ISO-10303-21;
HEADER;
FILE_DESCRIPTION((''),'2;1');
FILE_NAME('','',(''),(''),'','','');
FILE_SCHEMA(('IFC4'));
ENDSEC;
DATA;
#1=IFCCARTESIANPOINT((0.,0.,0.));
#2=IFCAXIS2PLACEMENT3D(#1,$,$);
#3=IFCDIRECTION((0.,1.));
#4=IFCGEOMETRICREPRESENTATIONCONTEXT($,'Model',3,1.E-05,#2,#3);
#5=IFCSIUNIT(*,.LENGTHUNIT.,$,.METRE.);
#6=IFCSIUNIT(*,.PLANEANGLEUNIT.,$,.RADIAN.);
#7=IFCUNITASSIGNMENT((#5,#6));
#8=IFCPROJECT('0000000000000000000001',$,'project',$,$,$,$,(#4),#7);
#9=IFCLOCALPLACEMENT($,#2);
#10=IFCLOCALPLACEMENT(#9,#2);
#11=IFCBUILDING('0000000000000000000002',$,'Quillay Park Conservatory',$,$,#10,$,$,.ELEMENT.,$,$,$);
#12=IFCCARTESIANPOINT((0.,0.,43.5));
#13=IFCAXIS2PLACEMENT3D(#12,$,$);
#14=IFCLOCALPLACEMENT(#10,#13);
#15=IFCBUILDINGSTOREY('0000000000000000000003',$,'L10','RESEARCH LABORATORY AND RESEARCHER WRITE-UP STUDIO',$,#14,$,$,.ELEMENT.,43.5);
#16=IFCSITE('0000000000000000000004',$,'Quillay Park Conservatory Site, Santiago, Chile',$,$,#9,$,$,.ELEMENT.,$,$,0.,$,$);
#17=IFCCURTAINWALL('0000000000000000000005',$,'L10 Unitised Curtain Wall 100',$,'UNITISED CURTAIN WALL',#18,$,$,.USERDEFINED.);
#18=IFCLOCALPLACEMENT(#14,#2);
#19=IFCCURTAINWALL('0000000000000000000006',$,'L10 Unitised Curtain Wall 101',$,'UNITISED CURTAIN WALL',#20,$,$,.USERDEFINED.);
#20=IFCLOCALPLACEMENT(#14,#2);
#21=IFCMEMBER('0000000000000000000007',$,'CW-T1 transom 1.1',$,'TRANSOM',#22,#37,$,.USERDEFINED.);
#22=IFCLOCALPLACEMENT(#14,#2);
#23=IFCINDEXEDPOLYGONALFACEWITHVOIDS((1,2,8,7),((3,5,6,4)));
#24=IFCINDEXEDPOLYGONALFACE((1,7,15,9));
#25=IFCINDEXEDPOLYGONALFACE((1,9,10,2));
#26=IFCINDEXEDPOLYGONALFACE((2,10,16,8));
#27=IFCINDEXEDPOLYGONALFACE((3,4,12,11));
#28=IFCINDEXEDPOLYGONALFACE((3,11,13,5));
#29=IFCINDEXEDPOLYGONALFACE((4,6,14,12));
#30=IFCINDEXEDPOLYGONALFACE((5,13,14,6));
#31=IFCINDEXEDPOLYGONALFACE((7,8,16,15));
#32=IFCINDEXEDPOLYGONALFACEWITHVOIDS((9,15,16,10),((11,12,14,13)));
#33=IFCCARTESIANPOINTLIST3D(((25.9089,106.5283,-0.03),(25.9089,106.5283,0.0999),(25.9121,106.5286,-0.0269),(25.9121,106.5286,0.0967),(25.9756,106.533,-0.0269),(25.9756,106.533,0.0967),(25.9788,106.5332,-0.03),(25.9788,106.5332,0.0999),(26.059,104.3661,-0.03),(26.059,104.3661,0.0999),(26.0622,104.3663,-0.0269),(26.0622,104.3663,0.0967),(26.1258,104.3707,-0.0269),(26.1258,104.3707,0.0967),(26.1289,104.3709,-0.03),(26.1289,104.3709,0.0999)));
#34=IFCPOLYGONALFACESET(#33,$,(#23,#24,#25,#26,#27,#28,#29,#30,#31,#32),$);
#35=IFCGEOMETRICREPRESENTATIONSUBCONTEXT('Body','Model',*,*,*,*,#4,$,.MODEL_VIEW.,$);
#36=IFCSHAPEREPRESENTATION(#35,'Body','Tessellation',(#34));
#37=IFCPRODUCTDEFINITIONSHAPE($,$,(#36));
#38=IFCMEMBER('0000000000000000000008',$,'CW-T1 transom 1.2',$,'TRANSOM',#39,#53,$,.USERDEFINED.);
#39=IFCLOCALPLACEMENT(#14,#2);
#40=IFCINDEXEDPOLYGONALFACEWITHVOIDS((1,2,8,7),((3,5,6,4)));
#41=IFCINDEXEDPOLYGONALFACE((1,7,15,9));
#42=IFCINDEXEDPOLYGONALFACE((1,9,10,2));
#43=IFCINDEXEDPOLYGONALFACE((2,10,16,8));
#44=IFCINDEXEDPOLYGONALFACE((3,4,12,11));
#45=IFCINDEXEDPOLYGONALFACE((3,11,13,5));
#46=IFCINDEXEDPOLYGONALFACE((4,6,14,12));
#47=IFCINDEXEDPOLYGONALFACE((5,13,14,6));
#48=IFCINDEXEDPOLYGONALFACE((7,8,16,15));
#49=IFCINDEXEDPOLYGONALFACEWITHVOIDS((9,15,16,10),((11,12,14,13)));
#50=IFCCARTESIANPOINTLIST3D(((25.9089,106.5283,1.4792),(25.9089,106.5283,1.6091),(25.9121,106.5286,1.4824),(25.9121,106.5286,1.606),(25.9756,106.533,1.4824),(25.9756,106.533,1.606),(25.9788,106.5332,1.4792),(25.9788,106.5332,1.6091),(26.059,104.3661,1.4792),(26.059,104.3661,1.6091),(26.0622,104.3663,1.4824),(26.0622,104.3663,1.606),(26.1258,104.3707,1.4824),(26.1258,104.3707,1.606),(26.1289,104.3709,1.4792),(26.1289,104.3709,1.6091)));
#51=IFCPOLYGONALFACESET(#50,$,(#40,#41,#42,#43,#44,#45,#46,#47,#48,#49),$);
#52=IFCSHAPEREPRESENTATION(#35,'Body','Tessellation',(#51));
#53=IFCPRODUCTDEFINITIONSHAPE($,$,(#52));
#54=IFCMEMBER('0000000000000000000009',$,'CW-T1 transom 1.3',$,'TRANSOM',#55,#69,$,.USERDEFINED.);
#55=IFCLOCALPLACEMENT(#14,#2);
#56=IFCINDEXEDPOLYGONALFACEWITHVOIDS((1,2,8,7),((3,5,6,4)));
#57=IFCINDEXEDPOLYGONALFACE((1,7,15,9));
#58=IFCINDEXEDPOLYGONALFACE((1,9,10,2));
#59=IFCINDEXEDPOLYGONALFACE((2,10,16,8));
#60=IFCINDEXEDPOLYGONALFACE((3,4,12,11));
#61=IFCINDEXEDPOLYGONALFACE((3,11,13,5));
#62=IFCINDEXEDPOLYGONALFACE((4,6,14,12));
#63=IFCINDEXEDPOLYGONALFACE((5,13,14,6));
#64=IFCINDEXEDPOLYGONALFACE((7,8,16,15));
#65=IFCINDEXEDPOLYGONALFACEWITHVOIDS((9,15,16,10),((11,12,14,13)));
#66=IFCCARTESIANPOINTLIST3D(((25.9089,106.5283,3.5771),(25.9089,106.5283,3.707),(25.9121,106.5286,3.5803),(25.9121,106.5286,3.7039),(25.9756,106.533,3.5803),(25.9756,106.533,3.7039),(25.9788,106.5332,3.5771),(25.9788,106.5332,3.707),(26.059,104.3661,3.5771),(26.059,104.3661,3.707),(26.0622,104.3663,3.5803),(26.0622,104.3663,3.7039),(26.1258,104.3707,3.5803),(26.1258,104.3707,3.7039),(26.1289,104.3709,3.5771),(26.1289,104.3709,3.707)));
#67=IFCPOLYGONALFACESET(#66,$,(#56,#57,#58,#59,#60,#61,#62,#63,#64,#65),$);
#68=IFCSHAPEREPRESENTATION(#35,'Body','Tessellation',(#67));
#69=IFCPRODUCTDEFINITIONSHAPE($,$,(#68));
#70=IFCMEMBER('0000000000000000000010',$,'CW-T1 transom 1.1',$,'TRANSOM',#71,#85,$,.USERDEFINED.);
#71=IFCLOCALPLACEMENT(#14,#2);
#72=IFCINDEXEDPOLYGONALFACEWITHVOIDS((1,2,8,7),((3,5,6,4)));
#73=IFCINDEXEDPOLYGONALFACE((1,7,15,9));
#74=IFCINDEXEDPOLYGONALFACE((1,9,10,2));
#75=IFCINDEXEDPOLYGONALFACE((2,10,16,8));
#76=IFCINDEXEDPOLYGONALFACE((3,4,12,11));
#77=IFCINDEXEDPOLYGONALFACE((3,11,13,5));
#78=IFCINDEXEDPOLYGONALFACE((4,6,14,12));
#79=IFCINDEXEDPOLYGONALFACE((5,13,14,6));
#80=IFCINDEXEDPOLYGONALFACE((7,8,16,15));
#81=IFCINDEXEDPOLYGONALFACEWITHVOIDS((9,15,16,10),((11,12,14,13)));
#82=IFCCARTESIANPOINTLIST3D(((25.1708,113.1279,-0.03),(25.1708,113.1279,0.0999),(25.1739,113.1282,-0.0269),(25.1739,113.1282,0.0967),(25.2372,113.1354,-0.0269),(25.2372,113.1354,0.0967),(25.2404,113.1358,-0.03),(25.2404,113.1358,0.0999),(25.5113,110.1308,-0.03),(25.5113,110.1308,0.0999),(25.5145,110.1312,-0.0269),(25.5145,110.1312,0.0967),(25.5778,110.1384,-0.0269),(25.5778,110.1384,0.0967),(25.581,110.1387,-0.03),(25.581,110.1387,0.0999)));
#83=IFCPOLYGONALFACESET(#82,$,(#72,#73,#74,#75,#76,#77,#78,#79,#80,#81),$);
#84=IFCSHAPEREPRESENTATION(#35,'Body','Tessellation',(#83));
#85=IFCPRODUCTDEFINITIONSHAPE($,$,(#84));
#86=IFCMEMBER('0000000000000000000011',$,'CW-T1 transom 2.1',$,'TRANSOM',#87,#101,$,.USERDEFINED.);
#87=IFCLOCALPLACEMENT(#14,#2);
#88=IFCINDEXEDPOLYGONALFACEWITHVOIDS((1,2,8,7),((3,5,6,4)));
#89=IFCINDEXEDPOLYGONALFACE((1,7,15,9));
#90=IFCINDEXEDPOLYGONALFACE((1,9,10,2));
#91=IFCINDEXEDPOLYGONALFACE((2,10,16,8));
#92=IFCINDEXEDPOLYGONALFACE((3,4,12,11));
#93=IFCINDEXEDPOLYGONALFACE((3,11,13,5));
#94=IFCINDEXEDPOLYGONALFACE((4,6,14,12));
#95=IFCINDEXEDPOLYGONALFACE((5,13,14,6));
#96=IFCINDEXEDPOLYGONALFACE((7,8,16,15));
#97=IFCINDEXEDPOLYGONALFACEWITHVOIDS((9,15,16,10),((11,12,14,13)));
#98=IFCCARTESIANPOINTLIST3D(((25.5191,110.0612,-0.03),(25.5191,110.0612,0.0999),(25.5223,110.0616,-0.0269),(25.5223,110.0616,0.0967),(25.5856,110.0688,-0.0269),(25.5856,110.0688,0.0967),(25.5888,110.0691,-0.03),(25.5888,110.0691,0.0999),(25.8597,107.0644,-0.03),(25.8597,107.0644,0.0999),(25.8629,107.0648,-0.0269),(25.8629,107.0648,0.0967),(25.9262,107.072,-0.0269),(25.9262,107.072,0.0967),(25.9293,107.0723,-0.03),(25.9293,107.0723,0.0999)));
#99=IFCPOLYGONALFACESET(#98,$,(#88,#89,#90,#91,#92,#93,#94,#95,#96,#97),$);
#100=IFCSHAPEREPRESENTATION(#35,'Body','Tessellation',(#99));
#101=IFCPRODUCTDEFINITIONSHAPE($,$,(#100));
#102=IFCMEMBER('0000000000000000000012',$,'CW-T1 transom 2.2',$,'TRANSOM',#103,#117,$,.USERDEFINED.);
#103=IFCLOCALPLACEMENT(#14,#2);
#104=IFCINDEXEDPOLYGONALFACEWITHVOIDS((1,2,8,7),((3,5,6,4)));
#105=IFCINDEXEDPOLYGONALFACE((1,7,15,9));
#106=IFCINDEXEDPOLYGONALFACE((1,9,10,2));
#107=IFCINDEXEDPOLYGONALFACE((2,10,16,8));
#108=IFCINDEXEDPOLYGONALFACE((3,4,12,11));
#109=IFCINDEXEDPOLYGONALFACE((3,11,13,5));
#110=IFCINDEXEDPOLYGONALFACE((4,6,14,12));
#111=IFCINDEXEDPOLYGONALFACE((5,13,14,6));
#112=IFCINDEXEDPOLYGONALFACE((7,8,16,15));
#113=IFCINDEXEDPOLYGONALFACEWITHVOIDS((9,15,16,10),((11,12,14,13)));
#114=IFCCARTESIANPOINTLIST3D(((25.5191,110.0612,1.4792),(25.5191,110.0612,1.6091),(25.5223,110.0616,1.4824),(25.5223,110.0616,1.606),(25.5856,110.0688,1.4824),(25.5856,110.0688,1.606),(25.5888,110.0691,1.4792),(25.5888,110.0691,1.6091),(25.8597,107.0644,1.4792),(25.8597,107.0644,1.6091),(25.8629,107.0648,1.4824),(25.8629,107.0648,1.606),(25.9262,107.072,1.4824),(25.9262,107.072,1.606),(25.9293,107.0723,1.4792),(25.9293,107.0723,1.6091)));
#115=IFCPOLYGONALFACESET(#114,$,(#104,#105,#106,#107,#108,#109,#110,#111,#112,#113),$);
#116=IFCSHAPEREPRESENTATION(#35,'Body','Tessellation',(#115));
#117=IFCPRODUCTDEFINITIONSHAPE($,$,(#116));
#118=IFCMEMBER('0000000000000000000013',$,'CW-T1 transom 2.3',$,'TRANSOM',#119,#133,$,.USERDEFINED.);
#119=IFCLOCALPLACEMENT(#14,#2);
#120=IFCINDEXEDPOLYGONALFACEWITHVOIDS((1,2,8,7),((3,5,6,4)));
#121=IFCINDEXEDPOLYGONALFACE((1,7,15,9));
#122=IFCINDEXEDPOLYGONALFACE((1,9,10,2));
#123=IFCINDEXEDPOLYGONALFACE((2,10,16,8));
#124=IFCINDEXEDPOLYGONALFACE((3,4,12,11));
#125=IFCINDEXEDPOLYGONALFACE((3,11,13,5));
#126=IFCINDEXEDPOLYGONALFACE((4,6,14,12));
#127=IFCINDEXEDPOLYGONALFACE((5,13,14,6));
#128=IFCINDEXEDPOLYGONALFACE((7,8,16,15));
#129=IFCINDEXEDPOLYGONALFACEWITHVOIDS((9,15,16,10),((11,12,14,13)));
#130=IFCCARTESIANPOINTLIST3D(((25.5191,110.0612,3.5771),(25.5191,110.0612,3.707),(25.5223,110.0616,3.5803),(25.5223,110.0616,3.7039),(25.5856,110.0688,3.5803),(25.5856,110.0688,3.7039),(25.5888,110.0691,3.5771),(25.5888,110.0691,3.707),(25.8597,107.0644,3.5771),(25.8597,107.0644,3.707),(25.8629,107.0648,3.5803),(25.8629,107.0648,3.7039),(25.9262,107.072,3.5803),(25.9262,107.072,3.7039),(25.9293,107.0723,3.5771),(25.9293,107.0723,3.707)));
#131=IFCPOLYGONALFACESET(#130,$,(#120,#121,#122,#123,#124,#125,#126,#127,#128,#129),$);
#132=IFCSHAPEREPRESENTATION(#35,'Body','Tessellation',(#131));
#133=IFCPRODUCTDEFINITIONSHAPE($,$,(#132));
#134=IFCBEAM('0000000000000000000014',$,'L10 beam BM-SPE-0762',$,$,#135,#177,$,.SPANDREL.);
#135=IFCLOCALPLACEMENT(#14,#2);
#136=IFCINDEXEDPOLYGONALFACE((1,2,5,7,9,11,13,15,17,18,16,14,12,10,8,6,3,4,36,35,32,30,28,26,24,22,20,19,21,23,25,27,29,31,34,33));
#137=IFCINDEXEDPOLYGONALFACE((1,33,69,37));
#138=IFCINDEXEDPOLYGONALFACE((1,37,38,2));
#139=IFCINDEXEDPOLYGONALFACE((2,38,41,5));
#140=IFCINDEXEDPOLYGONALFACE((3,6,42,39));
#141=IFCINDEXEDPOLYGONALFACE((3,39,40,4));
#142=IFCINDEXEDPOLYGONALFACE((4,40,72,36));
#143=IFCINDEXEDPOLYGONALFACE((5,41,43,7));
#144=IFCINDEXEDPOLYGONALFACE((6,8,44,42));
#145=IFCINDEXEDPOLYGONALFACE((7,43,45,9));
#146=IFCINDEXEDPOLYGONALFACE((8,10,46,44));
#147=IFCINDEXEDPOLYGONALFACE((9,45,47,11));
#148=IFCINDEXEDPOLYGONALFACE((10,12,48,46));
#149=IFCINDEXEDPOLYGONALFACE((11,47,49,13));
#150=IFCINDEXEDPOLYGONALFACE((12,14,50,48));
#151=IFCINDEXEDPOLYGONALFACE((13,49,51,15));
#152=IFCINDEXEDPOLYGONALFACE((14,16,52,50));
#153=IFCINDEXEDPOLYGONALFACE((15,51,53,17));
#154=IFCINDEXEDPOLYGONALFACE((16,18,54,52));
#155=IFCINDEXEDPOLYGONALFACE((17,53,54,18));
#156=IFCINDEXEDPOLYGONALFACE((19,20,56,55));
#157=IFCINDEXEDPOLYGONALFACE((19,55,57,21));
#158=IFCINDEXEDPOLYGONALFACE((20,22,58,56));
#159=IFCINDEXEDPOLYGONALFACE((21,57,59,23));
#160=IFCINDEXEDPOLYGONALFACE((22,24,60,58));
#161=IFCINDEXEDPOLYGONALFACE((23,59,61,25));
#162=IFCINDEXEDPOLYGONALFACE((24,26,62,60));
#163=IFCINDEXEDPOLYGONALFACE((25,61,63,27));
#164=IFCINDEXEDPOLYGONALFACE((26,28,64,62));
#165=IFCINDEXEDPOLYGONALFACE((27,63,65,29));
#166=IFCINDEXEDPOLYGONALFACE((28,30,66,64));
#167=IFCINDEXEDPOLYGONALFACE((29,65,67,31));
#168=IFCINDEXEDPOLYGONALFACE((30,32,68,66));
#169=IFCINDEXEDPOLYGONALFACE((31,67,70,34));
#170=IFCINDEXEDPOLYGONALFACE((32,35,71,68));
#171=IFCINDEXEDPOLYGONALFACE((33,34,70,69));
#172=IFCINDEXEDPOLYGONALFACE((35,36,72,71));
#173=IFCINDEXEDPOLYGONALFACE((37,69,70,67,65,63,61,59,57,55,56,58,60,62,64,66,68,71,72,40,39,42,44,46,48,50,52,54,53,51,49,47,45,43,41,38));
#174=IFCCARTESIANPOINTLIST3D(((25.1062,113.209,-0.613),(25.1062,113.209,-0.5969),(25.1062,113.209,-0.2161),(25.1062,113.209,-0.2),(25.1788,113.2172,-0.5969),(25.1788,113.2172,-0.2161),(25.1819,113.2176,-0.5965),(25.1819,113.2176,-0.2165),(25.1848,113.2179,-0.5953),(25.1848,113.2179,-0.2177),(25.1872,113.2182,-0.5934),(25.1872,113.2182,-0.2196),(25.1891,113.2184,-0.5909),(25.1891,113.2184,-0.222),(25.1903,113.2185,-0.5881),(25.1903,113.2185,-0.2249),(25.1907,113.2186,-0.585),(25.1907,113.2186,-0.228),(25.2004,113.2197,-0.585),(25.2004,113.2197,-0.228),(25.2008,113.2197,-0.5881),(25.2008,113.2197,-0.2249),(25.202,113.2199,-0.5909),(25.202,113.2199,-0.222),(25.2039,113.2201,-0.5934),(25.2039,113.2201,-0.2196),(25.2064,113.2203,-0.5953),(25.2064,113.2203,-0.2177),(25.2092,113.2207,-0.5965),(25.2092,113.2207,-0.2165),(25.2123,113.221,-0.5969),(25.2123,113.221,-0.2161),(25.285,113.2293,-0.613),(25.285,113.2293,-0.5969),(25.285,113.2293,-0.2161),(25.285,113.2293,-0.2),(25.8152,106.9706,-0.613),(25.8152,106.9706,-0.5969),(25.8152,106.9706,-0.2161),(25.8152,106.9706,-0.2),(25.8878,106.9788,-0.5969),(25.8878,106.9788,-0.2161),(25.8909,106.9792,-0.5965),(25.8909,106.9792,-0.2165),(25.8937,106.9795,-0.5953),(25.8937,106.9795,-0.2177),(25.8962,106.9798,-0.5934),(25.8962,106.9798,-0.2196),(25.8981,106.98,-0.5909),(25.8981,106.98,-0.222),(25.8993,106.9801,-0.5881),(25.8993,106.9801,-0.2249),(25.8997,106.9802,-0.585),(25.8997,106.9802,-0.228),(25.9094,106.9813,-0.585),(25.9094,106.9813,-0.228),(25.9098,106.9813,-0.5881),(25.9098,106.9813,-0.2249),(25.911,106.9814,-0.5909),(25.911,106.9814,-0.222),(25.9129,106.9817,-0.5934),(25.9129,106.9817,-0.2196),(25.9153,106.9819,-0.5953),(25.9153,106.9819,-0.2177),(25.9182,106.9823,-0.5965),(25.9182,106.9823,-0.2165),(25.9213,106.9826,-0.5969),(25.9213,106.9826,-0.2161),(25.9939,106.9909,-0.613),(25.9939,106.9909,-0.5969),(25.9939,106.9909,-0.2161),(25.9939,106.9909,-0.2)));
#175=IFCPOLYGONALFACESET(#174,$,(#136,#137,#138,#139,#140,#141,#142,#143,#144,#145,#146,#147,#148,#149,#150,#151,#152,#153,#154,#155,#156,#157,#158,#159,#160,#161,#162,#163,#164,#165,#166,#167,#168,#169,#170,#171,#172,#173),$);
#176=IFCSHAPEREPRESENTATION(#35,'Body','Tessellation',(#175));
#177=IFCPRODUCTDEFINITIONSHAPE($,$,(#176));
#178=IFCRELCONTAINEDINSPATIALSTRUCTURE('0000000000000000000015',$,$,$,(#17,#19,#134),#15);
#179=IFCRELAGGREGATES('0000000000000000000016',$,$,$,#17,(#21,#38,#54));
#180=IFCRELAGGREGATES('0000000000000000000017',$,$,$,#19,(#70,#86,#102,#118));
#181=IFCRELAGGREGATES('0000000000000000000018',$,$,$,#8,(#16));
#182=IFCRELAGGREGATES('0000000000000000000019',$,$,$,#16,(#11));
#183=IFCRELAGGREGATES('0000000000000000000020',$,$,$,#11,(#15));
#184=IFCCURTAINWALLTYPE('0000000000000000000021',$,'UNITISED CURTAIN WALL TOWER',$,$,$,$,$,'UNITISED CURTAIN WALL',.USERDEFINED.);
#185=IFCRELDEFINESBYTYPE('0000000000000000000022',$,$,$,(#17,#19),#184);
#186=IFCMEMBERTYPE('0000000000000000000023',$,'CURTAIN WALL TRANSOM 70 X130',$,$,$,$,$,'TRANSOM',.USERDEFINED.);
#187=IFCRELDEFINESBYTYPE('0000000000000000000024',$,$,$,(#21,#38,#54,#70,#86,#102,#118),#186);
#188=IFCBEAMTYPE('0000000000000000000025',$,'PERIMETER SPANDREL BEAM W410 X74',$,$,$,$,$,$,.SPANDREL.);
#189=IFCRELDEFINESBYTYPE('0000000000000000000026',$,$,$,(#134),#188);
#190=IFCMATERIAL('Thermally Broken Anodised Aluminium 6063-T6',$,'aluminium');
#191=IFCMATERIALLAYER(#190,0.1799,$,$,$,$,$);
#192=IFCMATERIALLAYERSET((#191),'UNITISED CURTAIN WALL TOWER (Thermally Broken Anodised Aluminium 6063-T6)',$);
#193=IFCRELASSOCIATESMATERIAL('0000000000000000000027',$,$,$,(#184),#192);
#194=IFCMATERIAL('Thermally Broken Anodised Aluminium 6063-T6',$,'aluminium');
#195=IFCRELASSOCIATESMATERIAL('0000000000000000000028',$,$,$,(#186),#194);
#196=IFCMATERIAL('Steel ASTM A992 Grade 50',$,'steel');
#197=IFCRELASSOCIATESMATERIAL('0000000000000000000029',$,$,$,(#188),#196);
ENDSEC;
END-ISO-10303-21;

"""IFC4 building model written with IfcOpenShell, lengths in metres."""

from ifc_helpers import new_model, si_unit, direction, frame, origin, origin_2d, place, context, subcontext, project, spatial, hollow_rectangle, i_section, extrude, material, layer, layer_set, material_profile, profile_set, type_object, element, aggregate, save


model = new_model("IFC4")

# Units and contexts
model_context = context("Model", 3, precision=1e-05, world=origin(), true_north=direction((0.0, 1.0)))
body_context = subcontext(model_context, "Body", "Model", "MODEL_VIEW")
ifc_project = project(units=[si_unit("LENGTHUNIT", "METRE"), si_unit("PLANEANGLEUNIT", "RADIAN")], contexts=[model_context])

# Site, building, storey
site_placement = place(None, origin())
site = spatial("IfcSite", under=ifc_project, at=site_placement, Name="Quillay Park Conservatory Site, Santiago, Chile", CompositionType="ELEMENT", RefElevation=0.0)
building_placement = place(site_placement, origin())
building = spatial("IfcBuilding", under=site, at=building_placement, Name="Quillay Park Conservatory", CompositionType="ELEMENT")
storey_placement = place(building_placement, frame((0.0, 0.0, 43.5)))
storey = spatial("IfcBuildingStorey", under=building, at=storey_placement, Name="L10", Description="RESEARCH LABORATORY AND RESEARCHER WRITE-UP STUDIO", CompositionType="ELEMENT", Elevation=43.5)

# Curtain wall
ifc_material_1 = material(Name="Thermally Broken Anodised Aluminium 6063-T6", Category="aluminium")
ifc_layer_1 = layer(ifc_material_1, 0.1799)
ifc_layer_set_1 = layer_set([ifc_layer_1], Name="UNITISED CURTAIN WALL TOWER (Thermally Broken Anodised Aluminium 6063-T6)")
curtain_wall_type = type_object("IfcCurtainWallType", Name="UNITISED CURTAIN WALL TOWER", ElementType="UNITISED CURTAIN WALL", PredefinedType="USERDEFINED", material=ifc_layer_set_1)
curtain_wall_1_placement = place(storey_placement, origin())
curtain_wall_1 = element("IfcCurtainWall", 1, at=curtain_wall_1_placement, inside=storey, type_object=curtain_wall_type, Name="L10 Unitised Curtain Wall 100", ObjectType="UNITISED CURTAIN WALL", PredefinedType="USERDEFINED")

# Curtain wall
curtain_wall_2_placement = place(storey_placement, origin())
curtain_wall_2 = element("IfcCurtainWall", 2, at=curtain_wall_2_placement, inside=storey, type_object=curtain_wall_type, Name="L10 Unitised Curtain Wall 101", ObjectType="UNITISED CURTAIN WALL", PredefinedType="USERDEFINED")

# Members
ifc_material_2 = material(Name="Thermally Broken Anodised Aluminium 6063-T6", Category="aluminium")
ifc_material_profile_1 = material_profile(ifc_material_2, hollow_rectangle(XDim=0.0701, YDim=0.1299, WallThickness=0.0032, at=origin_2d()), Name="AL70x130x3.2")
ifc_profile_set_1 = profile_set([ifc_material_profile_1], Name="Thermally Broken Anodised Aluminium 6063-T6")
member_type_1 = type_object("IfcMemberType", Name="CURTAIN WALL TRANSOM 70 X130", ElementType="TRANSOM", PredefinedType="USERDEFINED", material=ifc_profile_set_1)
member_1_placement = place(storey_placement, frame((25.9438, 106.5308, 0.0349), z_axis=(0.06927, -0.997598, 0.0), x_axis=(0.997598, 0.06927, 0.0)))
member_1 = element("IfcMember", 3, at=member_1_placement, type_object=member_type_1, Name="CW-T1 transom 1.1", ObjectType="TRANSOM", PredefinedType="USERDEFINED", context=body_context, shape_type="SweptSolid", body=[
    extrude(hollow_rectangle(XDim=0.0701, YDim=0.1299, WallThickness=0.0032, at=origin_2d()), origin(), (0.0, 0.0, 1.0), 2.1675),
])
member_2_placement = place(storey_placement, frame((25.9438, 106.5308, 1.5442), z_axis=(0.06927, -0.997598, 0.0), x_axis=(0.997598, 0.06927, 0.0)))
member_2 = element("IfcMember", 4, at=member_2_placement, type_object=member_type_1, Name="CW-T1 transom 1.2", ObjectType="TRANSOM", PredefinedType="USERDEFINED", context=body_context, shape_type="SweptSolid", body=[
    extrude(hollow_rectangle(XDim=0.0701, YDim=0.1299, WallThickness=0.0032, at=origin_2d()), origin(), (0.0, 0.0, 1.0), 2.1675),
])
member_3_placement = place(storey_placement, frame((25.9438, 106.5308, 3.6421), z_axis=(0.06927, -0.997598, 0.0), x_axis=(0.997598, 0.06927, 0.0)))
member_3 = element("IfcMember", 5, at=member_3_placement, type_object=member_type_1, Name="CW-T1 transom 1.3", ObjectType="TRANSOM", PredefinedType="USERDEFINED", context=body_context, shape_type="SweptSolid", body=[
    extrude(hollow_rectangle(XDim=0.0701, YDim=0.1299, WallThickness=0.0032, at=origin_2d()), origin(), (0.0, 0.0, 1.0), 2.1675),
])
member_4_placement = place(storey_placement, frame((25.2056, 113.1318, 0.0349), z_axis=(0.11291, -0.993605, 0.0), x_axis=(0.993605, 0.11291, 0.0)))
member_4 = element("IfcMember", 6, at=member_4_placement, type_object=member_type_1, Name="CW-T1 transom 1.1", ObjectType="TRANSOM", PredefinedType="USERDEFINED", context=body_context, shape_type="SweptSolid", body=[
    extrude(hollow_rectangle(XDim=0.0701, YDim=0.1299, WallThickness=0.0032, at=origin_2d()), origin(), (0.0, 0.0, 1.0), 3.0164),
])
member_5_placement = place(storey_placement, frame((25.554, 110.0652, 0.0349), z_axis=(0.112919, -0.993604, 0.0), x_axis=(0.993604, 0.112919, 0.0)))
member_5 = element("IfcMember", 7, at=member_5_placement, type_object=member_type_1, Name="CW-T1 transom 2.1", ObjectType="TRANSOM", PredefinedType="USERDEFINED", context=body_context, shape_type="SweptSolid", body=[
    extrude(hollow_rectangle(XDim=0.0701, YDim=0.1299, WallThickness=0.0032, at=origin_2d()), origin(), (0.0, 0.0, 1.0), 3.0161),
])
member_6_placement = place(storey_placement, frame((25.554, 110.0652, 1.5442), z_axis=(0.112919, -0.993604, 0.0), x_axis=(0.993604, 0.112919, 0.0)))
member_6 = element("IfcMember", 8, at=member_6_placement, type_object=member_type_1, Name="CW-T1 transom 2.2", ObjectType="TRANSOM", PredefinedType="USERDEFINED", context=body_context, shape_type="SweptSolid", body=[
    extrude(hollow_rectangle(XDim=0.0701, YDim=0.1299, WallThickness=0.0032, at=origin_2d()), origin(), (0.0, 0.0, 1.0), 3.0161),
])
member_7_placement = place(storey_placement, frame((25.554, 110.0652, 3.6421), z_axis=(0.112919, -0.993604, 0.0), x_axis=(0.993604, 0.112919, 0.0)))
member_7 = element("IfcMember", 9, at=member_7_placement, type_object=member_type_1, Name="CW-T1 transom 2.3", ObjectType="TRANSOM", PredefinedType="USERDEFINED", context=body_context, shape_type="SweptSolid", body=[
    extrude(hollow_rectangle(XDim=0.0701, YDim=0.1299, WallThickness=0.0032, at=origin_2d()), origin(), (0.0, 0.0, 1.0), 3.0161),
])

# Beam
ifc_material_3 = material(Name="Steel ASTM A992 Grade 50", Category="steel")
ifc_material_profile_2 = material_profile(ifc_material_3, i_section(OverallWidth=0.1799, OverallDepth=0.4131, WebThickness=0.0098, FlangeThickness=0.0161, FilletRadius=0.012, at=origin_2d()), Name="W410x74")
ifc_profile_set_2 = profile_set([ifc_material_profile_2], Name="Steel ASTM A992 Grade 50")
beam_type_1 = type_object("IfcBeamType", Name="PERIMETER SPANDREL BEAM W410 X74", PredefinedType="SPANDREL", material=ifc_profile_set_2)
beam_1_placement = place(storey_placement, frame((25.9045, 106.9807, -0.4065), z_axis=(-0.112919, 0.993604, 0.0), x_axis=(-0.993604, -0.112919, 0.0)))
element("IfcBeam", 10, at=beam_1_placement, inside=storey, type_object=beam_type_1, Name="L10 beam BM-SPE-0762", PredefinedType="SPANDREL", context=body_context, shape_type="SweptSolid", body=[
    extrude(i_section(OverallWidth=0.1799, OverallDepth=0.4131, WebThickness=0.0098, FlangeThickness=0.0161, FilletRadius=0.012, at=origin_2d()), origin(), (0.0, 0.0, 1.0), 6.2786),
])

aggregate(curtain_wall_1, [member_1, member_2, member_3])
aggregate(curtain_wall_2, [member_4, member_5, member_6, member_7])

save(model, "model.ifc")
